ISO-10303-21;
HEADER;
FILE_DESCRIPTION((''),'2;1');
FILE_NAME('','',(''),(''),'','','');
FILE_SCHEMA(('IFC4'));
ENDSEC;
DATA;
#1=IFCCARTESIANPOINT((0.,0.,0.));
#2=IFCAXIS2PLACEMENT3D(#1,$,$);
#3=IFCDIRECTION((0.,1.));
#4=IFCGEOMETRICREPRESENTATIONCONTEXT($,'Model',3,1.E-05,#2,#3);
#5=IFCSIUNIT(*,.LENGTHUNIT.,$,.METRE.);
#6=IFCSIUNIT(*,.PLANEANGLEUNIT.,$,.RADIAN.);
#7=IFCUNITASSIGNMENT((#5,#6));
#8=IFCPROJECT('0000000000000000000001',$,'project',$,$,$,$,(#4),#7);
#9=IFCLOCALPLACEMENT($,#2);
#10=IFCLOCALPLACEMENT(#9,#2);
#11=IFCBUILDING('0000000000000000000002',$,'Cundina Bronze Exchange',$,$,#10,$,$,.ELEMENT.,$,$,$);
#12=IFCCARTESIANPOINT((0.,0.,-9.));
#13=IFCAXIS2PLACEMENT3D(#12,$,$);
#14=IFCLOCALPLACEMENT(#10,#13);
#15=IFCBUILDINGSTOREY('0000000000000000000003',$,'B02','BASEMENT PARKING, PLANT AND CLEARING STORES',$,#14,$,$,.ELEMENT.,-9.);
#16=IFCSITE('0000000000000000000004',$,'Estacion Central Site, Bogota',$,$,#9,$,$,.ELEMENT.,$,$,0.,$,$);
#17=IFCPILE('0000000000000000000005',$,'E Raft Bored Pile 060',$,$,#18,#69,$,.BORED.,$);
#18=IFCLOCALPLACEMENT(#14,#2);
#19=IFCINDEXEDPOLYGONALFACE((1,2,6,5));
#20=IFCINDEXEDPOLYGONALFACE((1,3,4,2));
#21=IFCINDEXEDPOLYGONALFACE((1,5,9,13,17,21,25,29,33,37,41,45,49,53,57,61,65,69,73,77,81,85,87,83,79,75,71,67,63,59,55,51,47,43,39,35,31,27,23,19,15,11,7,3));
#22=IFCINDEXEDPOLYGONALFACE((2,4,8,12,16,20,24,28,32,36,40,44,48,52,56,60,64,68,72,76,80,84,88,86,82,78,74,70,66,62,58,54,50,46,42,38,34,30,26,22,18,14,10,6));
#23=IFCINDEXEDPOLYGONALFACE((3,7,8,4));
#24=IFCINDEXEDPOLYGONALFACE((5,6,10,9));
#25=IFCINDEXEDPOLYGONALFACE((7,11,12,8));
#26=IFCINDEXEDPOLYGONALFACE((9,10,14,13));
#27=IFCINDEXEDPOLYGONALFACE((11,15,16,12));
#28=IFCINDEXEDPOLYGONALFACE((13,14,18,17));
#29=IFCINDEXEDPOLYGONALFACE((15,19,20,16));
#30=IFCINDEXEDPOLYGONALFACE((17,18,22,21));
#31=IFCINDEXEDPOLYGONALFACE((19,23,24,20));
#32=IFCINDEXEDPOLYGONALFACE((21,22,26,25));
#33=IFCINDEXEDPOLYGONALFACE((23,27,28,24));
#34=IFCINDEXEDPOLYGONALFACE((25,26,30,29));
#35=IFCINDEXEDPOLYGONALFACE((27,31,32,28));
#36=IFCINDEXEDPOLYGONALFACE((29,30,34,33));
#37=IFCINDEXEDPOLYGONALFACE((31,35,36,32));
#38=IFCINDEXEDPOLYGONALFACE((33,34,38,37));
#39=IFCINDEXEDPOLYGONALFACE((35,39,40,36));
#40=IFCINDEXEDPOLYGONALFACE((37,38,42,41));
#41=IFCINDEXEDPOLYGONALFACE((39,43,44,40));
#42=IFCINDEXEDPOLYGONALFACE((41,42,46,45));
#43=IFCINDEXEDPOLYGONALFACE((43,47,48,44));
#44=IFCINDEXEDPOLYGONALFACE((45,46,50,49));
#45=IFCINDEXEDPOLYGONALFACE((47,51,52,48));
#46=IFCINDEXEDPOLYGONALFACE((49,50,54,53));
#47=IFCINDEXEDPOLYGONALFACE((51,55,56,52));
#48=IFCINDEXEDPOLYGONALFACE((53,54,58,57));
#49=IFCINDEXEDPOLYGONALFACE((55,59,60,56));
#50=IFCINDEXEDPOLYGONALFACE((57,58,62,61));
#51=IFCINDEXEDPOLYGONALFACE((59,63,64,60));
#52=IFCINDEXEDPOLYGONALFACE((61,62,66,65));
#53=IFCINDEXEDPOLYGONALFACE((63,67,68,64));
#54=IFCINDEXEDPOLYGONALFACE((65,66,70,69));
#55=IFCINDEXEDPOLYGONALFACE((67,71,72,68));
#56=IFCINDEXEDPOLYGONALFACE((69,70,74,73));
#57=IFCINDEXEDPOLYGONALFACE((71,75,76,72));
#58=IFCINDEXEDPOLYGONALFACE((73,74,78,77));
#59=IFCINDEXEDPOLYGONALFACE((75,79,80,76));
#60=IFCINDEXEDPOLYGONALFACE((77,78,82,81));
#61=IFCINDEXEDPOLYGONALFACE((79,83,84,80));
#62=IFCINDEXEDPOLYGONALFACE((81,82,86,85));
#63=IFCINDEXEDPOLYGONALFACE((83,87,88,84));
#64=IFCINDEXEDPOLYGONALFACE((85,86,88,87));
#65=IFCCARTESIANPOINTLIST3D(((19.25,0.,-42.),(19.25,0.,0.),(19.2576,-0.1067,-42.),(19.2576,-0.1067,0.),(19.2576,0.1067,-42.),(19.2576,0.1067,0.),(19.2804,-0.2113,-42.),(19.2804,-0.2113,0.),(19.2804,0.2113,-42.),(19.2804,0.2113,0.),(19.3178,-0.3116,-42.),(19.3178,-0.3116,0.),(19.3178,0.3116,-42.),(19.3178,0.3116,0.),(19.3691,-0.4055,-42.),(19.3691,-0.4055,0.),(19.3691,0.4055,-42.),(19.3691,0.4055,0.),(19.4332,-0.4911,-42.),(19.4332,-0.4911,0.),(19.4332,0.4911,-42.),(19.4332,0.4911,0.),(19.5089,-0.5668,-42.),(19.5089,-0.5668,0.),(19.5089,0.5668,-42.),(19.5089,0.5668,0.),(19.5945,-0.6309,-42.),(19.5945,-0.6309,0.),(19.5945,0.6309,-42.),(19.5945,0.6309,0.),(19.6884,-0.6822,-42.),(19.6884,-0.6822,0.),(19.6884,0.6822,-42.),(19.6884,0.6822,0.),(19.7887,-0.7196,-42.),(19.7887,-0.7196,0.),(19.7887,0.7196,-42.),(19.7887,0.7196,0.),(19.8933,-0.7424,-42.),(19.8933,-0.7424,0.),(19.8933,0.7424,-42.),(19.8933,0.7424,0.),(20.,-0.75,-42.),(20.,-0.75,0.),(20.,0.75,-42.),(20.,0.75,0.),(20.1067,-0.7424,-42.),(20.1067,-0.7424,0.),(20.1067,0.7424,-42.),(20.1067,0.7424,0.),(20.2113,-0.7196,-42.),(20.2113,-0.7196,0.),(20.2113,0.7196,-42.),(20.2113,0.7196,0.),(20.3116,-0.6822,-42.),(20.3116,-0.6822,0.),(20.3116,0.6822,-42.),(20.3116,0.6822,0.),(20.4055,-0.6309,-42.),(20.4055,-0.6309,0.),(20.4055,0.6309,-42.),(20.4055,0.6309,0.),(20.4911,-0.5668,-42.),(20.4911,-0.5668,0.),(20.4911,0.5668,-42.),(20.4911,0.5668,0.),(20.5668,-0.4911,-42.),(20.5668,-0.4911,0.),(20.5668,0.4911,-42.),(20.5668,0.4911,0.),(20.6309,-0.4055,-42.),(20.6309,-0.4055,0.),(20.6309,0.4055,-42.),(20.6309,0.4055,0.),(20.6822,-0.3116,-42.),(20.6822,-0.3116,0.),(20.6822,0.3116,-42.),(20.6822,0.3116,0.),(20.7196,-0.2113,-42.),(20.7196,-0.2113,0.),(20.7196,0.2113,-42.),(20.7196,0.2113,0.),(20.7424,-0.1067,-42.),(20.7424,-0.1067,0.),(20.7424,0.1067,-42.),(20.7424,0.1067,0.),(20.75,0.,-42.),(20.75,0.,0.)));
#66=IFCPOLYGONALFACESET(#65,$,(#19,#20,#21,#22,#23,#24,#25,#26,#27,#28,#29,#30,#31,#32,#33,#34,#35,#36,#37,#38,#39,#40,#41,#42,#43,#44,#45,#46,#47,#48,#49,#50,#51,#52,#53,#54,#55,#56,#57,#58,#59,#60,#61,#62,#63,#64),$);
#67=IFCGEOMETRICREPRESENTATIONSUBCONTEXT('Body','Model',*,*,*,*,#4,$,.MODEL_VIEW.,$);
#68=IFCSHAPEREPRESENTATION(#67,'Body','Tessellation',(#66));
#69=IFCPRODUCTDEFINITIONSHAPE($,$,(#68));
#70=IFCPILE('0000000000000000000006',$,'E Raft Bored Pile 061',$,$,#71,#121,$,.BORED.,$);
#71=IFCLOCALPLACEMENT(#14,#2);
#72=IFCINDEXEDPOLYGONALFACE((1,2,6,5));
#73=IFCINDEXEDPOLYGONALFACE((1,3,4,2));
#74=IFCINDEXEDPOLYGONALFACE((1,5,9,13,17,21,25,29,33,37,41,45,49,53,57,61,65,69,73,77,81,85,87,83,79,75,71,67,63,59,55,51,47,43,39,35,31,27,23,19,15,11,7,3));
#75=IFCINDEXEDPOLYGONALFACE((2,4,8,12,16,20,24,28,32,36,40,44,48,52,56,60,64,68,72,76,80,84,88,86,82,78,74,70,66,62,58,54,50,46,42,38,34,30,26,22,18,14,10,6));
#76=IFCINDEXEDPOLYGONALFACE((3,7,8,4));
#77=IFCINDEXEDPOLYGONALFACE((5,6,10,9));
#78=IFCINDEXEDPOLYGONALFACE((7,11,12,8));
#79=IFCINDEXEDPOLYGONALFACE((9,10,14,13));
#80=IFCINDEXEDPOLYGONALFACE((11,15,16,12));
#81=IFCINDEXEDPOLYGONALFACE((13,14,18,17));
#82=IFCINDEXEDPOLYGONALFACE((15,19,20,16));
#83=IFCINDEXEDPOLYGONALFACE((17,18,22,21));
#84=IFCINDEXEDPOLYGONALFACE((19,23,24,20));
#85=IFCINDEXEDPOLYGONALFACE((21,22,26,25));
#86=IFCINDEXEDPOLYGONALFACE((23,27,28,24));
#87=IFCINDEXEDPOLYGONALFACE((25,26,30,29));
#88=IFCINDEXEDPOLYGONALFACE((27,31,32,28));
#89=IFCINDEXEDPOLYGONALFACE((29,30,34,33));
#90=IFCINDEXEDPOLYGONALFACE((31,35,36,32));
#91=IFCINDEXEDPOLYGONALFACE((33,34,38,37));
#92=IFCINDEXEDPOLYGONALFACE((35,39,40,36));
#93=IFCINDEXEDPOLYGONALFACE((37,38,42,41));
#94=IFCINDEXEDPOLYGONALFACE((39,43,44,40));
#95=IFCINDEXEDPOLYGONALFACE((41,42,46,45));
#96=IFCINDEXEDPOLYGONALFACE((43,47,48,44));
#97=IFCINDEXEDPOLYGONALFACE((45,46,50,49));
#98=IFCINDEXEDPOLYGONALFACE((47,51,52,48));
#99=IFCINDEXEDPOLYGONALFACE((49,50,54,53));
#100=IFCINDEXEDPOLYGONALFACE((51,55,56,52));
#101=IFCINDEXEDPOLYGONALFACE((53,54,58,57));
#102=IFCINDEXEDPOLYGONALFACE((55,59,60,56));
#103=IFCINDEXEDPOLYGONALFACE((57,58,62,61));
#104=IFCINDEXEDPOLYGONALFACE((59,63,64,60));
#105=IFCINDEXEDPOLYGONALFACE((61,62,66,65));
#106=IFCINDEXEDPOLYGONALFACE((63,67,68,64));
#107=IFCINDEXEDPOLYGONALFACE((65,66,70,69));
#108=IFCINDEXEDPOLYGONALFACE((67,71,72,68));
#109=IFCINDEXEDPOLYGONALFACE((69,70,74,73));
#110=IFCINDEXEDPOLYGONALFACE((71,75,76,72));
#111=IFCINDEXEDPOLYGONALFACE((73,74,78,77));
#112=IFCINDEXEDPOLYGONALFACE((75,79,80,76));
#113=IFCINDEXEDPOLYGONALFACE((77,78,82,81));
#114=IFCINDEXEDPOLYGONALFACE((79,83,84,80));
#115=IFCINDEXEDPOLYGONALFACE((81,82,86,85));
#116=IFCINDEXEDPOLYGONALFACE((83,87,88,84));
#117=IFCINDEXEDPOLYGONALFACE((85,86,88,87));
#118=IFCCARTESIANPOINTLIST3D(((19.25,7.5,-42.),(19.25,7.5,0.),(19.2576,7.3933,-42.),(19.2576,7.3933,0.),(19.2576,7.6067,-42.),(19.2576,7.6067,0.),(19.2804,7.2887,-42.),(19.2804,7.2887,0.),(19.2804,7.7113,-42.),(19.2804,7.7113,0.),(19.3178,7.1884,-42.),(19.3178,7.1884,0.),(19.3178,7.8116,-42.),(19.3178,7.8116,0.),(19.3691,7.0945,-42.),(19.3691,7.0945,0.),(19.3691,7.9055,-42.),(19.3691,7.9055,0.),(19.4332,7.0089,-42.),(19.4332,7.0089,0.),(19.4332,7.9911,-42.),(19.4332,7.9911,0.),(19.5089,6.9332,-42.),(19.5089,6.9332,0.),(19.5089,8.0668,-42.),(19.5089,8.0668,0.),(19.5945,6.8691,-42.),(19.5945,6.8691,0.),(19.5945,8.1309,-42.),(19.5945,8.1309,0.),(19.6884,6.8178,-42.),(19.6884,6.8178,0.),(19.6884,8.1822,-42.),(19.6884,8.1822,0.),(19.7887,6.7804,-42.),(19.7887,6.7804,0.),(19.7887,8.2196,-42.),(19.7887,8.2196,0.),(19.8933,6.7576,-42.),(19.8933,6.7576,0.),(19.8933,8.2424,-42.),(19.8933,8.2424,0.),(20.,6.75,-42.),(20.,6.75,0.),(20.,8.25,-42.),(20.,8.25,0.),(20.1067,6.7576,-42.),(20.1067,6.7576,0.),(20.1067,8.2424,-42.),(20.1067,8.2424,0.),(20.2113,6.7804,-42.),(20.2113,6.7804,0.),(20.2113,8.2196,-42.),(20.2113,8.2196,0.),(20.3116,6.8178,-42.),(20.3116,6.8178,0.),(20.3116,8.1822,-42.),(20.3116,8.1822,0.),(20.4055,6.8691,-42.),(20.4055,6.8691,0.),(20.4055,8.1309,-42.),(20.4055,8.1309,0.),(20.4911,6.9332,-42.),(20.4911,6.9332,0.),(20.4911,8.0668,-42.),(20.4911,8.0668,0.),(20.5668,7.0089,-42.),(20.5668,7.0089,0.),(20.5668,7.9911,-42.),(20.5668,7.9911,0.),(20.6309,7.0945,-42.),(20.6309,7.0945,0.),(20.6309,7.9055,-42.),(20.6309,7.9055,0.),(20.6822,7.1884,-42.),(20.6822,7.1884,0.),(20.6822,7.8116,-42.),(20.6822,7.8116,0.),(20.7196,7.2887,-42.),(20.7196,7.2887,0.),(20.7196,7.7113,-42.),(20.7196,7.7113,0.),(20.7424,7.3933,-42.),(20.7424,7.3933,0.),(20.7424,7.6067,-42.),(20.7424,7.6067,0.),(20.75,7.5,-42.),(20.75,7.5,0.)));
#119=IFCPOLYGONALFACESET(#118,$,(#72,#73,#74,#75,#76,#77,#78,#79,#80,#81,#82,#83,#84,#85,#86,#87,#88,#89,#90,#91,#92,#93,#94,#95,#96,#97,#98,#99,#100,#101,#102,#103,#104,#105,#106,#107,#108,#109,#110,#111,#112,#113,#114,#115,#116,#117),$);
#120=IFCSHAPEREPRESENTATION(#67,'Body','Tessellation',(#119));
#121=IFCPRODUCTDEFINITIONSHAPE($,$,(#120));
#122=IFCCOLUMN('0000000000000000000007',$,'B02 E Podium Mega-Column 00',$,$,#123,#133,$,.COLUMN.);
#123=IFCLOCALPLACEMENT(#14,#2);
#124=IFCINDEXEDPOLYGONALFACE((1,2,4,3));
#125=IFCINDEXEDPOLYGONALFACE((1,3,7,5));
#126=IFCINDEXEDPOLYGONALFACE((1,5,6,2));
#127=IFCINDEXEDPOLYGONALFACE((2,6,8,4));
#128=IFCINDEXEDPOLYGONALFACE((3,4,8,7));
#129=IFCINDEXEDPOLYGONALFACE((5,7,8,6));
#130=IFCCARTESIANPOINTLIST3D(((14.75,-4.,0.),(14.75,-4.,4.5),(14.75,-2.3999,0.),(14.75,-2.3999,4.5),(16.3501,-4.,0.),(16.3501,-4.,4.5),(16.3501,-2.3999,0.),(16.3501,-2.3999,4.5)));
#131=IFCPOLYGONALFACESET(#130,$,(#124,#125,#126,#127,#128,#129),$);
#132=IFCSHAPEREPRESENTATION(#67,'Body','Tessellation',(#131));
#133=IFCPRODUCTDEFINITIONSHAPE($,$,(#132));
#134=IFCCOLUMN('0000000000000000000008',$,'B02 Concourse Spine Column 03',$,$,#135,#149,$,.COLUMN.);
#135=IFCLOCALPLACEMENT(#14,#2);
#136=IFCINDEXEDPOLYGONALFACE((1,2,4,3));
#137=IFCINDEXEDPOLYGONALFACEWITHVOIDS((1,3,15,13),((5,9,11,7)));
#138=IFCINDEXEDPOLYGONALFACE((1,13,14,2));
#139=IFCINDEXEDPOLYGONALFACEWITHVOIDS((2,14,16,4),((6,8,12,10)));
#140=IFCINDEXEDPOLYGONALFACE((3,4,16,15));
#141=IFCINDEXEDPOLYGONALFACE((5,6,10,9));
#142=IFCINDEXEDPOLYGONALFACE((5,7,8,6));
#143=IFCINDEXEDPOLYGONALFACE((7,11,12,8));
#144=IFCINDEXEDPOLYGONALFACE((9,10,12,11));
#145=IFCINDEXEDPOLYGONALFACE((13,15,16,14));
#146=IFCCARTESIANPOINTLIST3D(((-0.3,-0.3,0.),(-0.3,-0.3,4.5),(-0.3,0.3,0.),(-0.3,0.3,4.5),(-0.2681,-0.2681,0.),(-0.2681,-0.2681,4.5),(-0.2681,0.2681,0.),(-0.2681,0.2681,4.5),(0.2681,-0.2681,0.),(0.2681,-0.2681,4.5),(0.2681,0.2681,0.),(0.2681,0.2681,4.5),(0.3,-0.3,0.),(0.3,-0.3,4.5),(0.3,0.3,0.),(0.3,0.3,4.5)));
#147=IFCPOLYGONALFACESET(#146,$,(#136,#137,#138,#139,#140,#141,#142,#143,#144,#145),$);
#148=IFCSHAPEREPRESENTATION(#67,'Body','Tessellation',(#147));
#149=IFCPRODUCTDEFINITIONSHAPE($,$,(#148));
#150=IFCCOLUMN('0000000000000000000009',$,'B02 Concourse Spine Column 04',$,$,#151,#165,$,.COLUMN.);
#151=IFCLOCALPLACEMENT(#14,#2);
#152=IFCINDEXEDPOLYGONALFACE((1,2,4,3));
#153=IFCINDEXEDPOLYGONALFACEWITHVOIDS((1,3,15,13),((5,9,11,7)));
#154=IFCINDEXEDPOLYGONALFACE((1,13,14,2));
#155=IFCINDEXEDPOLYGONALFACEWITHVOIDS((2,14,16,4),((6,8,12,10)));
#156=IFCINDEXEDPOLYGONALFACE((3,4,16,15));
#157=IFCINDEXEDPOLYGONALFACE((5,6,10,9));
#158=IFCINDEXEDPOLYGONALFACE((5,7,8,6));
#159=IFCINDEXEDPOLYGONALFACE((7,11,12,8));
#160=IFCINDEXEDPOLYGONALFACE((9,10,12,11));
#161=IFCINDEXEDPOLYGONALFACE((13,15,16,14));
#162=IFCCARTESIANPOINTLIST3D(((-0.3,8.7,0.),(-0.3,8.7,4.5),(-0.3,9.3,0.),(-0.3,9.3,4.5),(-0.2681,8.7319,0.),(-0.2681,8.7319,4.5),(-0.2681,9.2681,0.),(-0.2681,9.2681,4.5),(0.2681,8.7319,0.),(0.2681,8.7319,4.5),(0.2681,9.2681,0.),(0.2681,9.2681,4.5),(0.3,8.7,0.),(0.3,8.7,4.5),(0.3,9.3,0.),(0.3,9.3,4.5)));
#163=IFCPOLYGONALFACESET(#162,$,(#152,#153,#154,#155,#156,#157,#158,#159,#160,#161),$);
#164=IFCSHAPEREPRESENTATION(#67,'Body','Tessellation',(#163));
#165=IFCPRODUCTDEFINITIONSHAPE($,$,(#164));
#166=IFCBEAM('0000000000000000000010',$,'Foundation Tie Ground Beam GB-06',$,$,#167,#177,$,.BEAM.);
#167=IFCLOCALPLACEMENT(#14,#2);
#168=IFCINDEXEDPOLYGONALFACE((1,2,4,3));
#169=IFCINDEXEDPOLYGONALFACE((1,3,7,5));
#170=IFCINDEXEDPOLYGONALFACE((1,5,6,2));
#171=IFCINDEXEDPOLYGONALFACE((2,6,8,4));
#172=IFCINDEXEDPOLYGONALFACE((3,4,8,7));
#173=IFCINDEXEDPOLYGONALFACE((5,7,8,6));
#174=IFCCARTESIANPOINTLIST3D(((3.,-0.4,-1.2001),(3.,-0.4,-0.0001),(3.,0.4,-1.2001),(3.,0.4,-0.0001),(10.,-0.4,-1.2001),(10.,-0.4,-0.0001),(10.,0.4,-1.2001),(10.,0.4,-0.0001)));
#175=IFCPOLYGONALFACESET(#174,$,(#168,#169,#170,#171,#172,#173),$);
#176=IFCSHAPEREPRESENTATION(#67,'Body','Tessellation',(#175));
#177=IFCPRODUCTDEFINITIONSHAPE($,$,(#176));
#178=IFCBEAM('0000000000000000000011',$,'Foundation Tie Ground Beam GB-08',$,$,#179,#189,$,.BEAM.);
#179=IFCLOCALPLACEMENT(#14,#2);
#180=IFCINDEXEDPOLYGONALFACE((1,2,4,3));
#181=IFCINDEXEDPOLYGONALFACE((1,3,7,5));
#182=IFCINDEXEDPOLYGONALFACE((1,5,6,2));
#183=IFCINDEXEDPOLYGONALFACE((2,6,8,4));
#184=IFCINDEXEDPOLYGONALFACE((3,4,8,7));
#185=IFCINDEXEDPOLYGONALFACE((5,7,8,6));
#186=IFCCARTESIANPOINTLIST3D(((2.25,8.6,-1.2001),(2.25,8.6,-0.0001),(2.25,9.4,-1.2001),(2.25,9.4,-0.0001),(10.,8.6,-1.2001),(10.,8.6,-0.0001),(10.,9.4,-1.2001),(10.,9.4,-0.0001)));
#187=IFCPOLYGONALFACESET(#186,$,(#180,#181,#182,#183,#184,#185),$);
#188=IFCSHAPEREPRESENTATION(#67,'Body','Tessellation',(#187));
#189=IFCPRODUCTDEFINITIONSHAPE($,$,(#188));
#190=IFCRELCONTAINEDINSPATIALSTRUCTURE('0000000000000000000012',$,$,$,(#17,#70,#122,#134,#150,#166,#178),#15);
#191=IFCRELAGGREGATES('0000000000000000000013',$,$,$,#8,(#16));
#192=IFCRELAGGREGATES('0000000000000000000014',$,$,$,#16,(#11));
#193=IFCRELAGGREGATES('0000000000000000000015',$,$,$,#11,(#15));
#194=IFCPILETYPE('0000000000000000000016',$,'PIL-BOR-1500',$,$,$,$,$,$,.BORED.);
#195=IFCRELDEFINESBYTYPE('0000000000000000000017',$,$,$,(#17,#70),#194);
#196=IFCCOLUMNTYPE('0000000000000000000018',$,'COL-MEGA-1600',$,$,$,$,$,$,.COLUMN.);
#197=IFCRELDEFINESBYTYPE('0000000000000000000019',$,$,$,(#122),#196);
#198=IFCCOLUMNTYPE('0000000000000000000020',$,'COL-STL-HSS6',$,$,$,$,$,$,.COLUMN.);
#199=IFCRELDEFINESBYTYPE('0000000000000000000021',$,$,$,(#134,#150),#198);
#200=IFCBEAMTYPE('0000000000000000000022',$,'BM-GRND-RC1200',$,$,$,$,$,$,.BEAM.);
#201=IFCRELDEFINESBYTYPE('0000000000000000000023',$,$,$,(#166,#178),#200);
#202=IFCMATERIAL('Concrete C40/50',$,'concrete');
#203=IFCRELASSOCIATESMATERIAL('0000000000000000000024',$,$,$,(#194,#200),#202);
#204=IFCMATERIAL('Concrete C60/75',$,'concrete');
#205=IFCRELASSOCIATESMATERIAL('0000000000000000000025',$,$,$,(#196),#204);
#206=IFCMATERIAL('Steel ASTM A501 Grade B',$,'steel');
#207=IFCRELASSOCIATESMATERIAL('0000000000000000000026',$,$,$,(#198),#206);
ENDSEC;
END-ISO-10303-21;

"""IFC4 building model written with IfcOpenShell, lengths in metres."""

from ifc_helpers import new_model, si_unit, direction, frame, origin, origin_2d, place, context, subcontext, project, spatial, rectangle, hollow_rectangle, circle, extrude, material, material_profile, profile_set, type_object, element, save


model = new_model("IFC4")

# Units and contexts
model_context = context("Model", 3, precision=1e-05, world=origin(), true_north=direction((0.0, 1.0)))
body_context = subcontext(model_context, "Body", "Model", "MODEL_VIEW")
ifc_project = project(units=[si_unit("LENGTHUNIT", "METRE"), si_unit("PLANEANGLEUNIT", "RADIAN")], contexts=[model_context])

# Site, building, storey
site_placement = place(None, origin())
site = spatial("IfcSite", under=ifc_project, at=site_placement, Name="Estacion Central Site, Bogota", CompositionType="ELEMENT", RefElevation=0.0)
building_placement = place(site_placement, origin())
building = spatial("IfcBuilding", under=site, at=building_placement, Name="Cundina Bronze Exchange", CompositionType="ELEMENT")
storey_placement = place(building_placement, frame((0.0, 0.0, -9.0)))
storey = spatial("IfcBuildingStorey", under=building, at=storey_placement, Name="B02", Description="BASEMENT PARKING, PLANT AND CLEARING STORES", CompositionType="ELEMENT", Elevation=-9.0)

# Piles
ifc_material_1 = material(Name="Concrete C40/50", Category="concrete")
ifc_material_profile_1 = material_profile(ifc_material_1, circle(Radius=0.75, at=origin_2d()), Name="PILE1500D", Category="concrete")
ifc_profile_set_1 = profile_set([ifc_material_profile_1], Name="Concrete C40/50")
pile_type_1 = type_object("IfcPileType", Name="PIL-BOR-1500", PredefinedType="BORED", material=ifc_profile_set_1)
for number, where, z_axis, x_axis, name in (
    (1, (20.0, 0.0, 0.0), (0.0, 0.0, -1.0), (1.0, 0.0, 0.0), "E Raft Bored Pile 060"),
    (2, (20.0, 7.5, 0.0), (0.0, 0.0, -1.0), (1.0, 0.0, 0.0), "E Raft Bored Pile 061"),
):
    element("IfcPile", number, at=place(storey_placement, frame(where, z_axis=z_axis, x_axis=x_axis)), inside=storey, type_object=pile_type_1, Name=name, PredefinedType="BORED", context=body_context, shape_type="SweptSolid", body=[
        extrude(circle(Radius=0.75, at=origin_2d()), origin(), (0.0, 0.0, 1.0), 42.0),
    ])

# Columns
ifc_material_2 = material(Name="Concrete C60/75", Category="concrete")
ifc_material_profile_2 = material_profile(ifc_material_2, rectangle(XDim=1.6001, YDim=1.6001, at=origin_2d()), Name="RC1600X1600", Category="concrete")
ifc_profile_set_2 = profile_set([ifc_material_profile_2], Name="Concrete C60/75")
column_type_1 = type_object("IfcColumnType", Name="COL-MEGA-1600", PredefinedType="COLUMN", material=ifc_profile_set_2)
column_placement = place(storey_placement, frame((15.55, -3.2, 0.0), z_axis=(0.0, 0.0, 1.0), x_axis=(1.0, 0.0, 0.0)))
element("IfcColumn", 3, at=column_placement, inside=storey, type_object=column_type_1, Name="B02 E Podium Mega-Column 00", PredefinedType="COLUMN", context=body_context, shape_type="SweptSolid", body=[
    extrude(rectangle(XDim=1.6001, YDim=1.6001, at=origin_2d()), origin(), (0.0, 0.0, 1.0), 4.5),
])
ifc_material_3 = material(Name="Steel ASTM A501 Grade B", Category="steel")
ifc_material_profile_3 = material_profile(ifc_material_3, hollow_rectangle(XDim=0.6001, YDim=0.6001, WallThickness=0.032, at=origin_2d()), Name="HSS600X600X32", Category="steel")
ifc_profile_set_3 = profile_set([ifc_material_profile_3], Name="Steel ASTM A501 Grade B")
column_type_2 = type_object("IfcColumnType", Name="COL-STL-HSS6", PredefinedType="COLUMN", material=ifc_profile_set_3)
for number, where, z_axis, x_axis, name in (
    (4, (0.0, 0.0, 0.0), (0.0, 0.0, 1.0), (1.0, 0.0, 0.0), "B02 Concourse Spine Column 03"),
    (5, (0.0, 9.0, 0.0), (0.0, 0.0, 1.0), (1.0, 0.0, 0.0), "B02 Concourse Spine Column 04"),
):
    element("IfcColumn", number, at=place(storey_placement, frame(where, z_axis=z_axis, x_axis=x_axis)), inside=storey, type_object=column_type_2, Name=name, PredefinedType="COLUMN", context=body_context, shape_type="SweptSolid", body=[
        extrude(hollow_rectangle(XDim=0.6001, YDim=0.6001, WallThickness=0.032, at=origin_2d()), origin(), (0.0, 0.0, 1.0), 4.5),
    ])

# Beams
ifc_material_profile_4 = material_profile(ifc_material_1, rectangle(XDim=0.8, YDim=1.2, at=origin_2d()), Name="RC800X1200", Category="concrete")
ifc_profile_set_4 = profile_set([ifc_material_profile_4], Name="Concrete C40/50")
beam_type = type_object("IfcBeamType", Name="BM-GRND-RC1200", PredefinedType="BEAM", material=ifc_profile_set_4)
beam_1_placement = place(storey_placement, frame((3.0, 0.0, -0.6001), z_axis=(1.0, 0.0, 0.0), x_axis=(0.0, 1.0, 0.0)))
element("IfcBeam", 6, at=beam_1_placement, inside=storey, type_object=beam_type, Name="Foundation Tie Ground Beam GB-06", PredefinedType="BEAM", context=body_context, shape_type="SweptSolid", body=[
    extrude(rectangle(XDim=0.8, YDim=1.2, at=origin_2d()), origin(), (0.0, 0.0, 1.0), 7.0),
])
beam_2_placement = place(storey_placement, frame((2.25, 9.0, -0.6001), z_axis=(1.0, 0.0, 0.0), x_axis=(0.0, 1.0, 0.0)))
element("IfcBeam", 7, at=beam_2_placement, inside=storey, type_object=beam_type, Name="Foundation Tie Ground Beam GB-08", PredefinedType="BEAM", context=body_context, shape_type="SweptSolid", body=[
    extrude(rectangle(XDim=0.8, YDim=1.2, at=origin_2d()), origin(), (0.0, 0.0, 1.0), 7.75),
])

save(model, "model.ifc")
